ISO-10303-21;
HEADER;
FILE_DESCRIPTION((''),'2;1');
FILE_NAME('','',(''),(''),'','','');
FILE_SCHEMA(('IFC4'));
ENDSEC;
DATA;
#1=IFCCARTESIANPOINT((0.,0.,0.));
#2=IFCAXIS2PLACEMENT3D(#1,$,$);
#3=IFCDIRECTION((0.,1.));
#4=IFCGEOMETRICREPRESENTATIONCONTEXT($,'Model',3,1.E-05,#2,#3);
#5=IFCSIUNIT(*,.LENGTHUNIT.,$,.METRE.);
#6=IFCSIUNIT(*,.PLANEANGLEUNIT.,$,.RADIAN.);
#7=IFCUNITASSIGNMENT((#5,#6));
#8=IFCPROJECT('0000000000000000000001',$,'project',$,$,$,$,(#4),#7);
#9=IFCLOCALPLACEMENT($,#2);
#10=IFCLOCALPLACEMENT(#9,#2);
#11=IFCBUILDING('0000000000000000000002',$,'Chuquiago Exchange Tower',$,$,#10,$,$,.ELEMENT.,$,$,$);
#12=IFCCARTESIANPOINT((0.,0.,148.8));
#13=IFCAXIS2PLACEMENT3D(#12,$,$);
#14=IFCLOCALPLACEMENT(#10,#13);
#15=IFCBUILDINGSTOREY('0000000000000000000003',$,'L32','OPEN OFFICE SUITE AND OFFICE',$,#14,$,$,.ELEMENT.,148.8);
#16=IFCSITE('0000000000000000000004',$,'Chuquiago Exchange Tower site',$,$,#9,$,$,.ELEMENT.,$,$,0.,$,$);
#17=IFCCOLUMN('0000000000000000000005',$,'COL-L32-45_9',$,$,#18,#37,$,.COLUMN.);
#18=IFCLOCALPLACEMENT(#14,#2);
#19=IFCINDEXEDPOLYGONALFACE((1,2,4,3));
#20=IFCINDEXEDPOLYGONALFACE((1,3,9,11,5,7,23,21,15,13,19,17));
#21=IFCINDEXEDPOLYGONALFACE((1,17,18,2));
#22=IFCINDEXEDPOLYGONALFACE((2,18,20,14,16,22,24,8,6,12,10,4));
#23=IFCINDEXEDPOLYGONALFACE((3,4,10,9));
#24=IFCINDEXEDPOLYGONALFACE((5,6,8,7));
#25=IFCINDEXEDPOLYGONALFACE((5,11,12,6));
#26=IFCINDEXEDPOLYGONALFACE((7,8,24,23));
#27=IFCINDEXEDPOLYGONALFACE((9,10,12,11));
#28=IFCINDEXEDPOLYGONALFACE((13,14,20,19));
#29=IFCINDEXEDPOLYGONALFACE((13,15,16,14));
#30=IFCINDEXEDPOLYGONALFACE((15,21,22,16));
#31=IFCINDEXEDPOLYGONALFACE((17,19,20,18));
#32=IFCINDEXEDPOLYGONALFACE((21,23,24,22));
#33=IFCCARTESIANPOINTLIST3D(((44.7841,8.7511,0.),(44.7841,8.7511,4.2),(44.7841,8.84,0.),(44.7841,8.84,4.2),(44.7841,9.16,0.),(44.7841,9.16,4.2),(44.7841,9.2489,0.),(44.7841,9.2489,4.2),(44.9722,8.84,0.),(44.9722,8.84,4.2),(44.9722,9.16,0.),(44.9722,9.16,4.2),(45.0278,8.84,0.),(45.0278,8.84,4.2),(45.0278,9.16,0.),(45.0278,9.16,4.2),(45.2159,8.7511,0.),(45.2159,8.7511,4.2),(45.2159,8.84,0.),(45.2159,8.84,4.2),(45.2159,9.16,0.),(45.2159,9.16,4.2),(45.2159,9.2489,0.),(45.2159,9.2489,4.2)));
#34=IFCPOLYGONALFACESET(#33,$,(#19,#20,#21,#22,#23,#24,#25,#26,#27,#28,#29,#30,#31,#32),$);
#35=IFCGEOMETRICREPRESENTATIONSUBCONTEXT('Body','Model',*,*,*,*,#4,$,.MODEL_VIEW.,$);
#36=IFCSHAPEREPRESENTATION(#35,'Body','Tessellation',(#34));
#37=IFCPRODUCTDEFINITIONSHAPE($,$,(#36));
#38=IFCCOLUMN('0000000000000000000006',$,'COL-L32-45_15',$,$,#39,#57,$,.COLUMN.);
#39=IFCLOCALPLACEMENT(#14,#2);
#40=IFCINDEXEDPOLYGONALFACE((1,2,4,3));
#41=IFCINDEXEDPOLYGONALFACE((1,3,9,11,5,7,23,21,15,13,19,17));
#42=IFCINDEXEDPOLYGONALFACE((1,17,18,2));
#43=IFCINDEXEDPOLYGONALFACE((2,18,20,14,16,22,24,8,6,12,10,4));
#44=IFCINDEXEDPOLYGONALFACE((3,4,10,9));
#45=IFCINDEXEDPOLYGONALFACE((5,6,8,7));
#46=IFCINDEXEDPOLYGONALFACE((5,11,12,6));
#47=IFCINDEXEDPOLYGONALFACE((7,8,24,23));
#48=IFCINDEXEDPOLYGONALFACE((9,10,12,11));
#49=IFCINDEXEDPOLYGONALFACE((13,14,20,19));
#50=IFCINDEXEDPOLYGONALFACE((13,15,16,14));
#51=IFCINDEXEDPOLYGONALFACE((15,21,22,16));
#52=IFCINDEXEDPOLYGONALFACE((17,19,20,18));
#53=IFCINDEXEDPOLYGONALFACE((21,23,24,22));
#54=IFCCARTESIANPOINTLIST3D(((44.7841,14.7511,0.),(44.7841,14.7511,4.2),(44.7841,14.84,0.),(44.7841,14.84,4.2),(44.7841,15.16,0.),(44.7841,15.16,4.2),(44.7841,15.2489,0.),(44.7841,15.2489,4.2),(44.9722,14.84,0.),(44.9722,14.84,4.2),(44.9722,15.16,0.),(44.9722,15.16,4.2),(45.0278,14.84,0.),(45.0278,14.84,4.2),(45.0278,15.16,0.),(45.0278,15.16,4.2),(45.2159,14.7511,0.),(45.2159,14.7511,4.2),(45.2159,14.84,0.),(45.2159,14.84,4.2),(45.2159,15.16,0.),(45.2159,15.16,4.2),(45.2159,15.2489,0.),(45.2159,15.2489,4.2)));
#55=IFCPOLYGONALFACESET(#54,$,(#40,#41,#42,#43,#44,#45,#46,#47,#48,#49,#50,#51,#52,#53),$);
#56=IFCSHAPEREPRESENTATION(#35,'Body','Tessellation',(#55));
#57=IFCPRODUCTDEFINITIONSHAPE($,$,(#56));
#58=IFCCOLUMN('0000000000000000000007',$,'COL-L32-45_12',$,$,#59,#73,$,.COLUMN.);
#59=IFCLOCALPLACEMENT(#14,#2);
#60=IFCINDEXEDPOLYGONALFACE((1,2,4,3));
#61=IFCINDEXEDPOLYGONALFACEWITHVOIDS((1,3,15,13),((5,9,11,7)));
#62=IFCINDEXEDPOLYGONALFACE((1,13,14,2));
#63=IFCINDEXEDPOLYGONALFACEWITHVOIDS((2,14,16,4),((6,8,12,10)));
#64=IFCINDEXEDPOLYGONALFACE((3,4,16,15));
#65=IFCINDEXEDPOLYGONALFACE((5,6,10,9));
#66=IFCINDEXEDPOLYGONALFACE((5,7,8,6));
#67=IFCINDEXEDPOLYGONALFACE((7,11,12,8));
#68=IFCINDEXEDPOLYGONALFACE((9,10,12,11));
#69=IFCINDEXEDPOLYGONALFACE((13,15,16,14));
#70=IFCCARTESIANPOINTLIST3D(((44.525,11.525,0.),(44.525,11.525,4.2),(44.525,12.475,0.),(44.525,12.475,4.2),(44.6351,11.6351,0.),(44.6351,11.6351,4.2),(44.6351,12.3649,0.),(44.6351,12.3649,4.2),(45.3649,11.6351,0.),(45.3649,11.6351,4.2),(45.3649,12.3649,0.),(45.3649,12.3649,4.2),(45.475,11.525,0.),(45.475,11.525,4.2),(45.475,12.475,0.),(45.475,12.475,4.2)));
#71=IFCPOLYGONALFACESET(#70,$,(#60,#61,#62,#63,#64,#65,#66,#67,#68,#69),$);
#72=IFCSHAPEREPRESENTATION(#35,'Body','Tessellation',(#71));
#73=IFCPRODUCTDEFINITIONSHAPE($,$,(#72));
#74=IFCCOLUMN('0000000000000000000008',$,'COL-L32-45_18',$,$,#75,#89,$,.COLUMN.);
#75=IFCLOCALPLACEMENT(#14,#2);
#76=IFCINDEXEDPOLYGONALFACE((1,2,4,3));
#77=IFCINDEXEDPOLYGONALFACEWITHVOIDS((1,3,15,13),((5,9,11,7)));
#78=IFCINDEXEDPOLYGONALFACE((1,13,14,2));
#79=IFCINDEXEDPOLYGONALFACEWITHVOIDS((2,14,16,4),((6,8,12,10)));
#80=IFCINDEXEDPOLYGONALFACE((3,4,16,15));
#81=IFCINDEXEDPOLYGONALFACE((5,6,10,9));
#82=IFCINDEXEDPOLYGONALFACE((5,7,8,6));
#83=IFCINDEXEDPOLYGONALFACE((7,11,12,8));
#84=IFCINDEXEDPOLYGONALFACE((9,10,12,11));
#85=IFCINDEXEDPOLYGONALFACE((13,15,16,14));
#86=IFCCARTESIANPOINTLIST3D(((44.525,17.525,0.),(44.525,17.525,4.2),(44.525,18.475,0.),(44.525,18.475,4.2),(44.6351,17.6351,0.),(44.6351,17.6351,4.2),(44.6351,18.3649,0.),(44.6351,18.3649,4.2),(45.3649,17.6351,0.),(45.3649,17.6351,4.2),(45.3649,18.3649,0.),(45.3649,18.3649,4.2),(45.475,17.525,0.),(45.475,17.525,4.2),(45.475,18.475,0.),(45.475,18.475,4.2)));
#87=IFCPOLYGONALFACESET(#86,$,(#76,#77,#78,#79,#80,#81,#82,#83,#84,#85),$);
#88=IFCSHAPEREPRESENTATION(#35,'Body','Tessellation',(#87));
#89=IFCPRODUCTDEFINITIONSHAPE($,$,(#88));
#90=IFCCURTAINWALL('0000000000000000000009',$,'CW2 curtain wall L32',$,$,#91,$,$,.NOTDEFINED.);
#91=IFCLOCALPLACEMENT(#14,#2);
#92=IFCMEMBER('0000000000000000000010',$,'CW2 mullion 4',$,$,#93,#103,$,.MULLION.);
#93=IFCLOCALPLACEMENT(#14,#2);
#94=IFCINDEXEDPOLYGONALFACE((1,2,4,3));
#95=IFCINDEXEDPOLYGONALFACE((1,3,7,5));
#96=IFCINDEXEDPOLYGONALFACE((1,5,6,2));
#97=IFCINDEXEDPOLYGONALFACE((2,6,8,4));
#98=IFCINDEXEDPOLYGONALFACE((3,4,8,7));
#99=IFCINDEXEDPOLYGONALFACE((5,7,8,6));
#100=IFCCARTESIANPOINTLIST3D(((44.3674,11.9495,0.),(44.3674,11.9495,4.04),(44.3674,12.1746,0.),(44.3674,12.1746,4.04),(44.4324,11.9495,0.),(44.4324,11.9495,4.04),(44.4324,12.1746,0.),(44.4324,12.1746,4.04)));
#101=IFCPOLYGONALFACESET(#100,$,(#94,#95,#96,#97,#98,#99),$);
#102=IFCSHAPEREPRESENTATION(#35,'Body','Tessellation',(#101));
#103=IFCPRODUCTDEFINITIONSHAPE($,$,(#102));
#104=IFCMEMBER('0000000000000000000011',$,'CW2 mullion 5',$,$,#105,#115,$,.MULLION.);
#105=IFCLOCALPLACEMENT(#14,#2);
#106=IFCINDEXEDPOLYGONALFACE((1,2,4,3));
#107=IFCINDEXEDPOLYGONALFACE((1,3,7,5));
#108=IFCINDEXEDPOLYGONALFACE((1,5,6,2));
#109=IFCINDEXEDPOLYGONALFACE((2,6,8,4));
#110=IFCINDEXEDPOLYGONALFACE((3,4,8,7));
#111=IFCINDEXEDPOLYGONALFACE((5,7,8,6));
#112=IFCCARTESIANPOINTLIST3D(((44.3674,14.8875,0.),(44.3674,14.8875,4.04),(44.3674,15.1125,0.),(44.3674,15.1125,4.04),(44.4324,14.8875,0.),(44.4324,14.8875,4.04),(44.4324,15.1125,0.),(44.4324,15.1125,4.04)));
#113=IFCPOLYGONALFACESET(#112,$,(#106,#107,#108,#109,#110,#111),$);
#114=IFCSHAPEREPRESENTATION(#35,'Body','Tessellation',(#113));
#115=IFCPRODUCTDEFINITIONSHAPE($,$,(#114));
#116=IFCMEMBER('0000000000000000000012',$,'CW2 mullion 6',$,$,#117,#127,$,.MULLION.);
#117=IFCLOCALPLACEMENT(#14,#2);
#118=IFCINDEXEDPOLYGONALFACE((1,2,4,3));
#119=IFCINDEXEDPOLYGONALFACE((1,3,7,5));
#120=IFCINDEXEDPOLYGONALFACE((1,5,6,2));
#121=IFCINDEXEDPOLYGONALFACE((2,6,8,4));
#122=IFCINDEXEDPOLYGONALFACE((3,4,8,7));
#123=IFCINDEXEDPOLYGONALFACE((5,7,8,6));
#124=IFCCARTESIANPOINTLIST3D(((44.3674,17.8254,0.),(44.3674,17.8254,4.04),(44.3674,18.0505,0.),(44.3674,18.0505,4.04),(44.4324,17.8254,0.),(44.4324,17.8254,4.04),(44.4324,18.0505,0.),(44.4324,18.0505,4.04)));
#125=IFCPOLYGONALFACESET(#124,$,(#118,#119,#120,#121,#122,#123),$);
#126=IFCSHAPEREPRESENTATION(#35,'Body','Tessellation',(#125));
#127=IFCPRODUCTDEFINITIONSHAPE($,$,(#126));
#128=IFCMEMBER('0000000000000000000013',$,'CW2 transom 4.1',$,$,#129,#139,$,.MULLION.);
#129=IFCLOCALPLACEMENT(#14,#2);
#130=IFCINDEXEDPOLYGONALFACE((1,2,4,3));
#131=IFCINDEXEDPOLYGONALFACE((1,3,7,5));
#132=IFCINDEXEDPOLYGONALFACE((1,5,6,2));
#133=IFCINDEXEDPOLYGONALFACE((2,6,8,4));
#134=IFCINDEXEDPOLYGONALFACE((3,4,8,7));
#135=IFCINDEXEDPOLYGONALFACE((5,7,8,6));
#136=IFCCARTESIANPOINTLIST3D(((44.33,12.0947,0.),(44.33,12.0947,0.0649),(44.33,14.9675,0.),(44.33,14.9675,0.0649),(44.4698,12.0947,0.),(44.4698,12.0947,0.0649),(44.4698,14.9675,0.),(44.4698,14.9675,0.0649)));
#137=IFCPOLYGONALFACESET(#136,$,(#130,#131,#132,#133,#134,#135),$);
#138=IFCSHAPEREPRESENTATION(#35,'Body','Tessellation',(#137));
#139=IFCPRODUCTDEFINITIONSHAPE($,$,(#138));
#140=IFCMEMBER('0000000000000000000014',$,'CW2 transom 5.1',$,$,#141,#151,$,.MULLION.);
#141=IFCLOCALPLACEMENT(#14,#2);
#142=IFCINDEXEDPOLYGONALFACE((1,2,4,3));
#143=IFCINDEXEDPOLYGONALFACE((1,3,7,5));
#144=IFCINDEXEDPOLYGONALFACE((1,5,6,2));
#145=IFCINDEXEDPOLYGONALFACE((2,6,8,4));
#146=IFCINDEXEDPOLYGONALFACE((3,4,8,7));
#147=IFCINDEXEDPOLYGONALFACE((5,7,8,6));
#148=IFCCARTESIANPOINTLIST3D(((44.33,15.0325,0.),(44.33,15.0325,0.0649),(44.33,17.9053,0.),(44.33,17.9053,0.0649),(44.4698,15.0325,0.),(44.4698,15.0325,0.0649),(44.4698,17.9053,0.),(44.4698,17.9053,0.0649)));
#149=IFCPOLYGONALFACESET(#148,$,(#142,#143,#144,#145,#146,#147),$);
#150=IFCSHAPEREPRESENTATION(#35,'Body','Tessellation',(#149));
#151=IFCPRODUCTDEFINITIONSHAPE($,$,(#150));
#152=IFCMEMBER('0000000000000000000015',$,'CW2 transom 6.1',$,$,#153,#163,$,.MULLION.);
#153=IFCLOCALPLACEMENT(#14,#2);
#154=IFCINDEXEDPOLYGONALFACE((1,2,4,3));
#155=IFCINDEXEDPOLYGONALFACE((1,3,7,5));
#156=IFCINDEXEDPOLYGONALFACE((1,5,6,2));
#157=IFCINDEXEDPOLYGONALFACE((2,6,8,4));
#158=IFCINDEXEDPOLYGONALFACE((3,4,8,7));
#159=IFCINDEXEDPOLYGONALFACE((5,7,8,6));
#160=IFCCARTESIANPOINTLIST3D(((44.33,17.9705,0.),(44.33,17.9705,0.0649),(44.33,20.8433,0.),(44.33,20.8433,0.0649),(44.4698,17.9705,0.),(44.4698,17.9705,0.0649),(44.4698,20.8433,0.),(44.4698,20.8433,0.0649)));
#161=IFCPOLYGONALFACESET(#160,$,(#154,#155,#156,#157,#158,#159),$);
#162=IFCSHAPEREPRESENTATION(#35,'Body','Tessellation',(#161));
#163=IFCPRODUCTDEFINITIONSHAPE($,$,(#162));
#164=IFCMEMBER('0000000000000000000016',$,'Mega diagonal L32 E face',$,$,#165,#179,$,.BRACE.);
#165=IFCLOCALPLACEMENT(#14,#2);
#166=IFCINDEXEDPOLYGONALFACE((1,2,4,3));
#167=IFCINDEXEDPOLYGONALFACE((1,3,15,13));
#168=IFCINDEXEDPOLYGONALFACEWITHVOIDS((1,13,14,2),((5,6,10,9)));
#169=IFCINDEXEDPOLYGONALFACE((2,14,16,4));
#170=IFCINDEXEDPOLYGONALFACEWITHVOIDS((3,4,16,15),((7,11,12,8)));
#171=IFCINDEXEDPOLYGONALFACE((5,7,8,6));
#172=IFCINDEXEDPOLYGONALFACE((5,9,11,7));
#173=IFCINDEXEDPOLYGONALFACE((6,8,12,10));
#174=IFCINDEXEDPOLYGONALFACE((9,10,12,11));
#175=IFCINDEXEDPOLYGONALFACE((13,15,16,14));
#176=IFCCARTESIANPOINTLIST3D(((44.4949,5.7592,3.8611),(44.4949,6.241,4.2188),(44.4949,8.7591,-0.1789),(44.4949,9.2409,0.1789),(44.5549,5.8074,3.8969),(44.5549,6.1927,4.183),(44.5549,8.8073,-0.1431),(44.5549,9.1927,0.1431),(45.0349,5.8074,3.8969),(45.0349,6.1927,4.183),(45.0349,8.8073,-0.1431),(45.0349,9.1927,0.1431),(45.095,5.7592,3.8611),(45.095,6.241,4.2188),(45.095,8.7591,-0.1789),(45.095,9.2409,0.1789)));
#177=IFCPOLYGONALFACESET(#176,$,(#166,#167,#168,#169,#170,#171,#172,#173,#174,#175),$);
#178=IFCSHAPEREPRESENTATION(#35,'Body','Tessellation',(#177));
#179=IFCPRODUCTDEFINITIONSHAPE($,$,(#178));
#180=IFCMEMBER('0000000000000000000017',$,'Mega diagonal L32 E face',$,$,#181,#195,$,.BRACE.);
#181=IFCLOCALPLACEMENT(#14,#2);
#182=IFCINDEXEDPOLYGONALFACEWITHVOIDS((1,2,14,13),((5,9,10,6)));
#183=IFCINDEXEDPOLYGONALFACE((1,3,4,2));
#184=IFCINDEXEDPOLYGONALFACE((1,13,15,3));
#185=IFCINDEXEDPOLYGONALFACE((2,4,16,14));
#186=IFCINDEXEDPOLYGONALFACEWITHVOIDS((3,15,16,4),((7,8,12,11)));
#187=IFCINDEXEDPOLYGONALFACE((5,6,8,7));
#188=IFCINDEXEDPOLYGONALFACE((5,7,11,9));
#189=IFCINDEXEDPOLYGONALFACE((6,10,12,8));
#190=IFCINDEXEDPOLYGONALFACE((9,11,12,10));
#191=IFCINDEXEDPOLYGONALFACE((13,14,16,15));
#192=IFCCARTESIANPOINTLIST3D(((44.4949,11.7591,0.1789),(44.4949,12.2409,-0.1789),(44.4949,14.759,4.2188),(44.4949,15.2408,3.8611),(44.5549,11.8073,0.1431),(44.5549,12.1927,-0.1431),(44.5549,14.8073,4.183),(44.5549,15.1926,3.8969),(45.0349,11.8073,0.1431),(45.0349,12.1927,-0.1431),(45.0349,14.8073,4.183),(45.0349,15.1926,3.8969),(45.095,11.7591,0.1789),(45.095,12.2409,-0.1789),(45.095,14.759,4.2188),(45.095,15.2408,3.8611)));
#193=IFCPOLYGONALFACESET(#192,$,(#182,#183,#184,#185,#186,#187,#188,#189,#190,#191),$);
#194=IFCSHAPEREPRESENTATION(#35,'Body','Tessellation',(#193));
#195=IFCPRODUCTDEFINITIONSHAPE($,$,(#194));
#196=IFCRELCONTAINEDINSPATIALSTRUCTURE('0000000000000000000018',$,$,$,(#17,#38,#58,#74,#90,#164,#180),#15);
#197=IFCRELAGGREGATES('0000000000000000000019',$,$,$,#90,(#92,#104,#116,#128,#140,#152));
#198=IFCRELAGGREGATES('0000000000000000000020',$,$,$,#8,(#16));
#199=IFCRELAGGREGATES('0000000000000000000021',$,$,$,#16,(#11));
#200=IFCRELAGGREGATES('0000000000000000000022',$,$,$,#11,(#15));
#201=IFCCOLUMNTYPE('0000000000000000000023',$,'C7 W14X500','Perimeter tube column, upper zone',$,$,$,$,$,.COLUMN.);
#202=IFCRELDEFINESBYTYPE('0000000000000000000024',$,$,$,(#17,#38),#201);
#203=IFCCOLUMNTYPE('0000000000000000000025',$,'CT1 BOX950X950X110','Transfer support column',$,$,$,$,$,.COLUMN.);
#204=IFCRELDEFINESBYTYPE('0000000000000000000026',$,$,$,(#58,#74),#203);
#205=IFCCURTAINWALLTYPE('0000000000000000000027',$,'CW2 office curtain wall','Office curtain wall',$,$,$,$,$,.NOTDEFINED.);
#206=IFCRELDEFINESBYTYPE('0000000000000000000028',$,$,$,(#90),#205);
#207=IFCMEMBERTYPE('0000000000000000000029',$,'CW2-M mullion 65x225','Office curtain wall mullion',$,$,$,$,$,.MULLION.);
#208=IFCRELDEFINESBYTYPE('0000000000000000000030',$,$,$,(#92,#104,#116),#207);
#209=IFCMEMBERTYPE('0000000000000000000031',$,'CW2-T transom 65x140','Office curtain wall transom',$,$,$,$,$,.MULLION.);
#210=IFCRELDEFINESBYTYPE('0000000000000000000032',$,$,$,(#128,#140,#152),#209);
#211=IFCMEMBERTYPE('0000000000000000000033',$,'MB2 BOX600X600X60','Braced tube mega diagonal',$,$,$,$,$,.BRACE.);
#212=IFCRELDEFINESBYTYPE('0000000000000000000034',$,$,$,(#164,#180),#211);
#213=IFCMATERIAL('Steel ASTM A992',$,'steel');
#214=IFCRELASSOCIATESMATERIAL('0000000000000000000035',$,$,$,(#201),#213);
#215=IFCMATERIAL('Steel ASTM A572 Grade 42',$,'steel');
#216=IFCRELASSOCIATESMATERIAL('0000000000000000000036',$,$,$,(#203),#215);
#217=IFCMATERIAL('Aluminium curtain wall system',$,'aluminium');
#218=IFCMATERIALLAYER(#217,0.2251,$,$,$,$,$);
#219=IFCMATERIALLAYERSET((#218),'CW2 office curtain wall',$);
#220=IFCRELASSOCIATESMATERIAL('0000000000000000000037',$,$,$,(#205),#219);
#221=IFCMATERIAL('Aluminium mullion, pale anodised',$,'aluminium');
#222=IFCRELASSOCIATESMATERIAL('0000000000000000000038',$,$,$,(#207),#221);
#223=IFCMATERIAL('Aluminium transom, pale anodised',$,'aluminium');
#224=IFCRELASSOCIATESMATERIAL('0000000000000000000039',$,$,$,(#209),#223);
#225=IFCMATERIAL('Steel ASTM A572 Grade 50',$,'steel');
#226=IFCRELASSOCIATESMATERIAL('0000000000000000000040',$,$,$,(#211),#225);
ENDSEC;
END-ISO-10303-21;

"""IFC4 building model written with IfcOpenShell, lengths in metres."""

from ifc_helpers import new_model, si_unit, direction, frame, origin, origin_2d, place, context, subcontext, project, spatial, rectangle, hollow_rectangle, i_section, extrude, material, layer, layer_set, material_profile, profile_set, type_object, element, aggregate, save


model = new_model("IFC4")

# Units and contexts
model_context = context("Model", 3, precision=1e-05, world=origin(), true_north=direction((0.0, 1.0)))
body_context = subcontext(model_context, "Body", "Model", "MODEL_VIEW")
ifc_project = project(units=[si_unit("LENGTHUNIT", "METRE"), si_unit("PLANEANGLEUNIT", "RADIAN")], contexts=[model_context])

# Site, building, storey
site_placement = place(None, origin())
site = spatial("IfcSite", under=ifc_project, at=site_placement, Name="Chuquiago Exchange Tower site", CompositionType="ELEMENT", RefElevation=0.0)
building_placement = place(site_placement, origin())
building = spatial("IfcBuilding", under=site, at=building_placement, Name="Chuquiago Exchange Tower", CompositionType="ELEMENT")
storey_placement = place(building_placement, frame((0.0, 0.0, 148.8)))
storey = spatial("IfcBuildingStorey", under=building, at=storey_placement, Name="L32", Description="OPEN OFFICE SUITE AND OFFICE", CompositionType="ELEMENT", Elevation=148.8)

# Columns
ifc_material_1 = material(Name="Steel ASTM A992", Category="steel")
ifc_material_profile_1 = material_profile(ifc_material_1, i_section(OverallWidth=0.4319, OverallDepth=0.4978, WebThickness=0.0557, FlangeThickness=0.0889, at=origin_2d()), Name="W14X500")
ifc_profile_set_1 = profile_set([ifc_material_profile_1], Name="Steel ASTM A992")
column_type_1 = type_object("IfcColumnType", Name="C7 W14X500", Description="Perimeter tube column, upper zone", PredefinedType="COLUMN", material=ifc_profile_set_1)
for number, where, z_axis, x_axis, name in (
    (1, (45.0, 9.0, 0.0), (0.0, 0.0, 1.0), (1.0, 0.0, 0.0), "COL-L32-45_9"),
    (2, (45.0, 15.0, 0.0), (0.0, 0.0, 1.0), (1.0, 0.0, 0.0), "COL-L32-45_15"),
):
    element("IfcColumn", number, at=place(storey_placement, frame(where, z_axis=z_axis, x_axis=x_axis)), inside=storey, type_object=column_type_1, Name=name, PredefinedType="COLUMN", context=body_context, shape_type="SweptSolid", body=[
        extrude(i_section(OverallWidth=0.4319, OverallDepth=0.4978, WebThickness=0.0557, FlangeThickness=0.0889, at=origin_2d()), origin(), (0.0, 0.0, 1.0), 4.2),
    ])
ifc_material_2 = material(Name="Steel ASTM A572 Grade 42", Category="steel")
ifc_material_profile_2 = material_profile(ifc_material_2, hollow_rectangle(XDim=0.95, YDim=0.95, WallThickness=0.1101, at=origin_2d()), Name="BOX950X950X110")
ifc_profile_set_2 = profile_set([ifc_material_profile_2], Name="Steel ASTM A572 Grade 42")
column_type_2 = type_object("IfcColumnType", Name="CT1 BOX950X950X110", Description="Transfer support column", PredefinedType="COLUMN", material=ifc_profile_set_2)
for number, where, z_axis, x_axis, name in (
    (3, (45.0, 12.0, 0.0), (0.0, 0.0, 1.0), (1.0, 0.0, 0.0), "COL-L32-45_12"),
    (4, (45.0, 18.0, 0.0), (0.0, 0.0, 1.0), (1.0, 0.0, 0.0), "COL-L32-45_18"),
):
    element("IfcColumn", number, at=place(storey_placement, frame(where, z_axis=z_axis, x_axis=x_axis)), inside=storey, type_object=column_type_2, Name=name, PredefinedType="COLUMN", context=body_context, shape_type="SweptSolid", body=[
        extrude(hollow_rectangle(XDim=0.95, YDim=0.95, WallThickness=0.1101, at=origin_2d()), origin(), (0.0, 0.0, 1.0), 4.2),
    ])

# Curtain wall, members
ifc_material_3 = material(Name="Aluminium curtain wall system", Category="aluminium")
ifc_layer_1 = layer(ifc_material_3, 0.2251)
ifc_layer_set_1 = layer_set([ifc_layer_1], Name="CW2 office curtain wall")
curtain_wall_type = type_object("IfcCurtainWallType", Name="CW2 office curtain wall", Description="Office curtain wall", PredefinedType="NOTDEFINED", material=ifc_layer_set_1)
curtain_wall_placement = place(storey_placement, origin())
curtain_wall = element("IfcCurtainWall", 5, at=curtain_wall_placement, inside=storey, type_object=curtain_wall_type, Name="CW2 curtain wall L32", PredefinedType="NOTDEFINED")
ifc_material_4 = material(Name="Aluminium mullion, pale anodised", Category="aluminium")
ifc_material_profile_3 = material_profile(ifc_material_4, rectangle(XDim=0.0649, YDim=0.2251, at=origin_2d()), Name="AL 65x225")
ifc_profile_set_3 = profile_set([ifc_material_profile_3], Name="Aluminium mullion, pale anodised")
member_type_1 = type_object("IfcMemberType", Name="CW2-M mullion 65x225", Description="Office curtain wall mullion", PredefinedType="MULLION", material=ifc_profile_set_3)
member_1_placement = place(storey_placement, frame((44.3999, 12.062, 0.0), z_axis=(0.0, 0.0, 1.0), x_axis=(-1.0, 0.0, 0.0)))
member_1 = element("IfcMember", 6, at=member_1_placement, type_object=member_type_1, Name="CW2 mullion 4", PredefinedType="MULLION", context=body_context, shape_type="SweptSolid", body=[
    extrude(rectangle(XDim=0.0649, YDim=0.2251, at=origin_2d()), origin(), (0.0, 0.0, 1.0), 4.04),
])
member_2_placement = place(storey_placement, frame((44.3999, 15.0, 0.0), z_axis=(0.0, 0.0, 1.0), x_axis=(-1.0, 0.0, 0.0)))
member_2 = element("IfcMember", 7, at=member_2_placement, type_object=member_type_1, Name="CW2 mullion 5", PredefinedType="MULLION", context=body_context, shape_type="SweptSolid", body=[
    extrude(rectangle(XDim=0.0649, YDim=0.2251, at=origin_2d()), origin(), (0.0, 0.0, 1.0), 4.04),
])
member_3_placement = place(storey_placement, frame((44.3999, 17.938, 0.0), z_axis=(0.0, 0.0, 1.0), x_axis=(-1.0, 0.0, 0.0)))
member_3 = element("IfcMember", 8, at=member_3_placement, type_object=member_type_1, Name="CW2 mullion 6", PredefinedType="MULLION", context=body_context, shape_type="SweptSolid", body=[
    extrude(rectangle(XDim=0.0649, YDim=0.2251, at=origin_2d()), origin(), (0.0, 0.0, 1.0), 4.04),
])
ifc_material_5 = material(Name="Aluminium transom, pale anodised", Category="aluminium")
ifc_material_profile_4 = material_profile(ifc_material_5, rectangle(XDim=0.1399, YDim=0.0649, at=origin_2d()), Name="AL 140x65")
ifc_profile_set_4 = profile_set([ifc_material_profile_4], Name="Aluminium transom, pale anodised")
member_type_2 = type_object("IfcMemberType", Name="CW2-T transom 65x140", Description="Office curtain wall transom", PredefinedType="MULLION", material=ifc_profile_set_4)
member_4_placement = place(storey_placement, frame((44.3999, 12.0947, 0.0325), z_axis=(0.0, 1.0, 0.0), x_axis=(-1.0, 0.0, 0.0)))
member_4 = element("IfcMember", 9, at=member_4_placement, type_object=member_type_2, Name="CW2 transom 4.1", PredefinedType="MULLION", context=body_context, shape_type="SweptSolid", body=[
    extrude(rectangle(XDim=0.1399, YDim=0.0649, at=origin_2d()), origin(), (0.0, 0.0, 1.0), 2.8728),
])
member_5_placement = place(storey_placement, frame((44.3999, 15.0325, 0.0325), z_axis=(0.0, 1.0, 0.0), x_axis=(-1.0, 0.0, 0.0)))
member_5 = element("IfcMember", 10, at=member_5_placement, type_object=member_type_2, Name="CW2 transom 5.1", PredefinedType="MULLION", context=body_context, shape_type="SweptSolid", body=[
    extrude(rectangle(XDim=0.1399, YDim=0.0649, at=origin_2d()), origin(), (0.0, 0.0, 1.0), 2.8728),
])
member_6_placement = place(storey_placement, frame((44.3999, 17.9705, 0.0325), z_axis=(0.0, 1.0, 0.0), x_axis=(-1.0, 0.0, 0.0)))
member_6 = element("IfcMember", 11, at=member_6_placement, type_object=member_type_2, Name="CW2 transom 6.1", PredefinedType="MULLION", context=body_context, shape_type="SweptSolid", body=[
    extrude(rectangle(XDim=0.1399, YDim=0.0649, at=origin_2d()), origin(), (0.0, 0.0, 1.0), 2.8728),
])

# Members
ifc_material_6 = material(Name="Steel ASTM A572 Grade 50", Category="steel")
ifc_material_profile_5 = material_profile(ifc_material_6, hollow_rectangle(XDim=0.6001, YDim=0.6001, WallThickness=0.0601, at=origin_2d()), Name="BOX600X600X60")
ifc_profile_set_5 = profile_set([ifc_material_profile_5], Name="Steel ASTM A572 Grade 50")
member_type_3 = type_object("IfcMemberType", Name="MB2 BOX600X600X60", Description="Braced tube mega diagonal", PredefinedType="BRACE", material=ifc_profile_set_5)
for number, where, z_axis, x_axis, name in (
    (12, (44.7949, 9.0, 0.0), (0.0, -0.596174, 0.802855), (1.0, 0.0, 0.0), "Mega diagonal L32 E face"),
    (13, (44.7949, 12.0, 0.0), (0.0, 0.596174, 0.802855), (-1.0, 0.0, 0.0), "Mega diagonal L32 E face"),
):
    element("IfcMember", number, at=place(storey_placement, frame(where, z_axis=z_axis, x_axis=x_axis)), inside=storey, type_object=member_type_3, Name=name, PredefinedType="BRACE", context=body_context, shape_type="SweptSolid", body=[
        extrude(hollow_rectangle(XDim=0.6001, YDim=0.6001, WallThickness=0.0601, at=origin_2d()), origin(), (0.0, 0.0, 1.0), 5.032),
    ])

aggregate(curtain_wall, [member_1, member_2, member_3, member_4, member_5, member_6])

save(model, "model.ifc")
